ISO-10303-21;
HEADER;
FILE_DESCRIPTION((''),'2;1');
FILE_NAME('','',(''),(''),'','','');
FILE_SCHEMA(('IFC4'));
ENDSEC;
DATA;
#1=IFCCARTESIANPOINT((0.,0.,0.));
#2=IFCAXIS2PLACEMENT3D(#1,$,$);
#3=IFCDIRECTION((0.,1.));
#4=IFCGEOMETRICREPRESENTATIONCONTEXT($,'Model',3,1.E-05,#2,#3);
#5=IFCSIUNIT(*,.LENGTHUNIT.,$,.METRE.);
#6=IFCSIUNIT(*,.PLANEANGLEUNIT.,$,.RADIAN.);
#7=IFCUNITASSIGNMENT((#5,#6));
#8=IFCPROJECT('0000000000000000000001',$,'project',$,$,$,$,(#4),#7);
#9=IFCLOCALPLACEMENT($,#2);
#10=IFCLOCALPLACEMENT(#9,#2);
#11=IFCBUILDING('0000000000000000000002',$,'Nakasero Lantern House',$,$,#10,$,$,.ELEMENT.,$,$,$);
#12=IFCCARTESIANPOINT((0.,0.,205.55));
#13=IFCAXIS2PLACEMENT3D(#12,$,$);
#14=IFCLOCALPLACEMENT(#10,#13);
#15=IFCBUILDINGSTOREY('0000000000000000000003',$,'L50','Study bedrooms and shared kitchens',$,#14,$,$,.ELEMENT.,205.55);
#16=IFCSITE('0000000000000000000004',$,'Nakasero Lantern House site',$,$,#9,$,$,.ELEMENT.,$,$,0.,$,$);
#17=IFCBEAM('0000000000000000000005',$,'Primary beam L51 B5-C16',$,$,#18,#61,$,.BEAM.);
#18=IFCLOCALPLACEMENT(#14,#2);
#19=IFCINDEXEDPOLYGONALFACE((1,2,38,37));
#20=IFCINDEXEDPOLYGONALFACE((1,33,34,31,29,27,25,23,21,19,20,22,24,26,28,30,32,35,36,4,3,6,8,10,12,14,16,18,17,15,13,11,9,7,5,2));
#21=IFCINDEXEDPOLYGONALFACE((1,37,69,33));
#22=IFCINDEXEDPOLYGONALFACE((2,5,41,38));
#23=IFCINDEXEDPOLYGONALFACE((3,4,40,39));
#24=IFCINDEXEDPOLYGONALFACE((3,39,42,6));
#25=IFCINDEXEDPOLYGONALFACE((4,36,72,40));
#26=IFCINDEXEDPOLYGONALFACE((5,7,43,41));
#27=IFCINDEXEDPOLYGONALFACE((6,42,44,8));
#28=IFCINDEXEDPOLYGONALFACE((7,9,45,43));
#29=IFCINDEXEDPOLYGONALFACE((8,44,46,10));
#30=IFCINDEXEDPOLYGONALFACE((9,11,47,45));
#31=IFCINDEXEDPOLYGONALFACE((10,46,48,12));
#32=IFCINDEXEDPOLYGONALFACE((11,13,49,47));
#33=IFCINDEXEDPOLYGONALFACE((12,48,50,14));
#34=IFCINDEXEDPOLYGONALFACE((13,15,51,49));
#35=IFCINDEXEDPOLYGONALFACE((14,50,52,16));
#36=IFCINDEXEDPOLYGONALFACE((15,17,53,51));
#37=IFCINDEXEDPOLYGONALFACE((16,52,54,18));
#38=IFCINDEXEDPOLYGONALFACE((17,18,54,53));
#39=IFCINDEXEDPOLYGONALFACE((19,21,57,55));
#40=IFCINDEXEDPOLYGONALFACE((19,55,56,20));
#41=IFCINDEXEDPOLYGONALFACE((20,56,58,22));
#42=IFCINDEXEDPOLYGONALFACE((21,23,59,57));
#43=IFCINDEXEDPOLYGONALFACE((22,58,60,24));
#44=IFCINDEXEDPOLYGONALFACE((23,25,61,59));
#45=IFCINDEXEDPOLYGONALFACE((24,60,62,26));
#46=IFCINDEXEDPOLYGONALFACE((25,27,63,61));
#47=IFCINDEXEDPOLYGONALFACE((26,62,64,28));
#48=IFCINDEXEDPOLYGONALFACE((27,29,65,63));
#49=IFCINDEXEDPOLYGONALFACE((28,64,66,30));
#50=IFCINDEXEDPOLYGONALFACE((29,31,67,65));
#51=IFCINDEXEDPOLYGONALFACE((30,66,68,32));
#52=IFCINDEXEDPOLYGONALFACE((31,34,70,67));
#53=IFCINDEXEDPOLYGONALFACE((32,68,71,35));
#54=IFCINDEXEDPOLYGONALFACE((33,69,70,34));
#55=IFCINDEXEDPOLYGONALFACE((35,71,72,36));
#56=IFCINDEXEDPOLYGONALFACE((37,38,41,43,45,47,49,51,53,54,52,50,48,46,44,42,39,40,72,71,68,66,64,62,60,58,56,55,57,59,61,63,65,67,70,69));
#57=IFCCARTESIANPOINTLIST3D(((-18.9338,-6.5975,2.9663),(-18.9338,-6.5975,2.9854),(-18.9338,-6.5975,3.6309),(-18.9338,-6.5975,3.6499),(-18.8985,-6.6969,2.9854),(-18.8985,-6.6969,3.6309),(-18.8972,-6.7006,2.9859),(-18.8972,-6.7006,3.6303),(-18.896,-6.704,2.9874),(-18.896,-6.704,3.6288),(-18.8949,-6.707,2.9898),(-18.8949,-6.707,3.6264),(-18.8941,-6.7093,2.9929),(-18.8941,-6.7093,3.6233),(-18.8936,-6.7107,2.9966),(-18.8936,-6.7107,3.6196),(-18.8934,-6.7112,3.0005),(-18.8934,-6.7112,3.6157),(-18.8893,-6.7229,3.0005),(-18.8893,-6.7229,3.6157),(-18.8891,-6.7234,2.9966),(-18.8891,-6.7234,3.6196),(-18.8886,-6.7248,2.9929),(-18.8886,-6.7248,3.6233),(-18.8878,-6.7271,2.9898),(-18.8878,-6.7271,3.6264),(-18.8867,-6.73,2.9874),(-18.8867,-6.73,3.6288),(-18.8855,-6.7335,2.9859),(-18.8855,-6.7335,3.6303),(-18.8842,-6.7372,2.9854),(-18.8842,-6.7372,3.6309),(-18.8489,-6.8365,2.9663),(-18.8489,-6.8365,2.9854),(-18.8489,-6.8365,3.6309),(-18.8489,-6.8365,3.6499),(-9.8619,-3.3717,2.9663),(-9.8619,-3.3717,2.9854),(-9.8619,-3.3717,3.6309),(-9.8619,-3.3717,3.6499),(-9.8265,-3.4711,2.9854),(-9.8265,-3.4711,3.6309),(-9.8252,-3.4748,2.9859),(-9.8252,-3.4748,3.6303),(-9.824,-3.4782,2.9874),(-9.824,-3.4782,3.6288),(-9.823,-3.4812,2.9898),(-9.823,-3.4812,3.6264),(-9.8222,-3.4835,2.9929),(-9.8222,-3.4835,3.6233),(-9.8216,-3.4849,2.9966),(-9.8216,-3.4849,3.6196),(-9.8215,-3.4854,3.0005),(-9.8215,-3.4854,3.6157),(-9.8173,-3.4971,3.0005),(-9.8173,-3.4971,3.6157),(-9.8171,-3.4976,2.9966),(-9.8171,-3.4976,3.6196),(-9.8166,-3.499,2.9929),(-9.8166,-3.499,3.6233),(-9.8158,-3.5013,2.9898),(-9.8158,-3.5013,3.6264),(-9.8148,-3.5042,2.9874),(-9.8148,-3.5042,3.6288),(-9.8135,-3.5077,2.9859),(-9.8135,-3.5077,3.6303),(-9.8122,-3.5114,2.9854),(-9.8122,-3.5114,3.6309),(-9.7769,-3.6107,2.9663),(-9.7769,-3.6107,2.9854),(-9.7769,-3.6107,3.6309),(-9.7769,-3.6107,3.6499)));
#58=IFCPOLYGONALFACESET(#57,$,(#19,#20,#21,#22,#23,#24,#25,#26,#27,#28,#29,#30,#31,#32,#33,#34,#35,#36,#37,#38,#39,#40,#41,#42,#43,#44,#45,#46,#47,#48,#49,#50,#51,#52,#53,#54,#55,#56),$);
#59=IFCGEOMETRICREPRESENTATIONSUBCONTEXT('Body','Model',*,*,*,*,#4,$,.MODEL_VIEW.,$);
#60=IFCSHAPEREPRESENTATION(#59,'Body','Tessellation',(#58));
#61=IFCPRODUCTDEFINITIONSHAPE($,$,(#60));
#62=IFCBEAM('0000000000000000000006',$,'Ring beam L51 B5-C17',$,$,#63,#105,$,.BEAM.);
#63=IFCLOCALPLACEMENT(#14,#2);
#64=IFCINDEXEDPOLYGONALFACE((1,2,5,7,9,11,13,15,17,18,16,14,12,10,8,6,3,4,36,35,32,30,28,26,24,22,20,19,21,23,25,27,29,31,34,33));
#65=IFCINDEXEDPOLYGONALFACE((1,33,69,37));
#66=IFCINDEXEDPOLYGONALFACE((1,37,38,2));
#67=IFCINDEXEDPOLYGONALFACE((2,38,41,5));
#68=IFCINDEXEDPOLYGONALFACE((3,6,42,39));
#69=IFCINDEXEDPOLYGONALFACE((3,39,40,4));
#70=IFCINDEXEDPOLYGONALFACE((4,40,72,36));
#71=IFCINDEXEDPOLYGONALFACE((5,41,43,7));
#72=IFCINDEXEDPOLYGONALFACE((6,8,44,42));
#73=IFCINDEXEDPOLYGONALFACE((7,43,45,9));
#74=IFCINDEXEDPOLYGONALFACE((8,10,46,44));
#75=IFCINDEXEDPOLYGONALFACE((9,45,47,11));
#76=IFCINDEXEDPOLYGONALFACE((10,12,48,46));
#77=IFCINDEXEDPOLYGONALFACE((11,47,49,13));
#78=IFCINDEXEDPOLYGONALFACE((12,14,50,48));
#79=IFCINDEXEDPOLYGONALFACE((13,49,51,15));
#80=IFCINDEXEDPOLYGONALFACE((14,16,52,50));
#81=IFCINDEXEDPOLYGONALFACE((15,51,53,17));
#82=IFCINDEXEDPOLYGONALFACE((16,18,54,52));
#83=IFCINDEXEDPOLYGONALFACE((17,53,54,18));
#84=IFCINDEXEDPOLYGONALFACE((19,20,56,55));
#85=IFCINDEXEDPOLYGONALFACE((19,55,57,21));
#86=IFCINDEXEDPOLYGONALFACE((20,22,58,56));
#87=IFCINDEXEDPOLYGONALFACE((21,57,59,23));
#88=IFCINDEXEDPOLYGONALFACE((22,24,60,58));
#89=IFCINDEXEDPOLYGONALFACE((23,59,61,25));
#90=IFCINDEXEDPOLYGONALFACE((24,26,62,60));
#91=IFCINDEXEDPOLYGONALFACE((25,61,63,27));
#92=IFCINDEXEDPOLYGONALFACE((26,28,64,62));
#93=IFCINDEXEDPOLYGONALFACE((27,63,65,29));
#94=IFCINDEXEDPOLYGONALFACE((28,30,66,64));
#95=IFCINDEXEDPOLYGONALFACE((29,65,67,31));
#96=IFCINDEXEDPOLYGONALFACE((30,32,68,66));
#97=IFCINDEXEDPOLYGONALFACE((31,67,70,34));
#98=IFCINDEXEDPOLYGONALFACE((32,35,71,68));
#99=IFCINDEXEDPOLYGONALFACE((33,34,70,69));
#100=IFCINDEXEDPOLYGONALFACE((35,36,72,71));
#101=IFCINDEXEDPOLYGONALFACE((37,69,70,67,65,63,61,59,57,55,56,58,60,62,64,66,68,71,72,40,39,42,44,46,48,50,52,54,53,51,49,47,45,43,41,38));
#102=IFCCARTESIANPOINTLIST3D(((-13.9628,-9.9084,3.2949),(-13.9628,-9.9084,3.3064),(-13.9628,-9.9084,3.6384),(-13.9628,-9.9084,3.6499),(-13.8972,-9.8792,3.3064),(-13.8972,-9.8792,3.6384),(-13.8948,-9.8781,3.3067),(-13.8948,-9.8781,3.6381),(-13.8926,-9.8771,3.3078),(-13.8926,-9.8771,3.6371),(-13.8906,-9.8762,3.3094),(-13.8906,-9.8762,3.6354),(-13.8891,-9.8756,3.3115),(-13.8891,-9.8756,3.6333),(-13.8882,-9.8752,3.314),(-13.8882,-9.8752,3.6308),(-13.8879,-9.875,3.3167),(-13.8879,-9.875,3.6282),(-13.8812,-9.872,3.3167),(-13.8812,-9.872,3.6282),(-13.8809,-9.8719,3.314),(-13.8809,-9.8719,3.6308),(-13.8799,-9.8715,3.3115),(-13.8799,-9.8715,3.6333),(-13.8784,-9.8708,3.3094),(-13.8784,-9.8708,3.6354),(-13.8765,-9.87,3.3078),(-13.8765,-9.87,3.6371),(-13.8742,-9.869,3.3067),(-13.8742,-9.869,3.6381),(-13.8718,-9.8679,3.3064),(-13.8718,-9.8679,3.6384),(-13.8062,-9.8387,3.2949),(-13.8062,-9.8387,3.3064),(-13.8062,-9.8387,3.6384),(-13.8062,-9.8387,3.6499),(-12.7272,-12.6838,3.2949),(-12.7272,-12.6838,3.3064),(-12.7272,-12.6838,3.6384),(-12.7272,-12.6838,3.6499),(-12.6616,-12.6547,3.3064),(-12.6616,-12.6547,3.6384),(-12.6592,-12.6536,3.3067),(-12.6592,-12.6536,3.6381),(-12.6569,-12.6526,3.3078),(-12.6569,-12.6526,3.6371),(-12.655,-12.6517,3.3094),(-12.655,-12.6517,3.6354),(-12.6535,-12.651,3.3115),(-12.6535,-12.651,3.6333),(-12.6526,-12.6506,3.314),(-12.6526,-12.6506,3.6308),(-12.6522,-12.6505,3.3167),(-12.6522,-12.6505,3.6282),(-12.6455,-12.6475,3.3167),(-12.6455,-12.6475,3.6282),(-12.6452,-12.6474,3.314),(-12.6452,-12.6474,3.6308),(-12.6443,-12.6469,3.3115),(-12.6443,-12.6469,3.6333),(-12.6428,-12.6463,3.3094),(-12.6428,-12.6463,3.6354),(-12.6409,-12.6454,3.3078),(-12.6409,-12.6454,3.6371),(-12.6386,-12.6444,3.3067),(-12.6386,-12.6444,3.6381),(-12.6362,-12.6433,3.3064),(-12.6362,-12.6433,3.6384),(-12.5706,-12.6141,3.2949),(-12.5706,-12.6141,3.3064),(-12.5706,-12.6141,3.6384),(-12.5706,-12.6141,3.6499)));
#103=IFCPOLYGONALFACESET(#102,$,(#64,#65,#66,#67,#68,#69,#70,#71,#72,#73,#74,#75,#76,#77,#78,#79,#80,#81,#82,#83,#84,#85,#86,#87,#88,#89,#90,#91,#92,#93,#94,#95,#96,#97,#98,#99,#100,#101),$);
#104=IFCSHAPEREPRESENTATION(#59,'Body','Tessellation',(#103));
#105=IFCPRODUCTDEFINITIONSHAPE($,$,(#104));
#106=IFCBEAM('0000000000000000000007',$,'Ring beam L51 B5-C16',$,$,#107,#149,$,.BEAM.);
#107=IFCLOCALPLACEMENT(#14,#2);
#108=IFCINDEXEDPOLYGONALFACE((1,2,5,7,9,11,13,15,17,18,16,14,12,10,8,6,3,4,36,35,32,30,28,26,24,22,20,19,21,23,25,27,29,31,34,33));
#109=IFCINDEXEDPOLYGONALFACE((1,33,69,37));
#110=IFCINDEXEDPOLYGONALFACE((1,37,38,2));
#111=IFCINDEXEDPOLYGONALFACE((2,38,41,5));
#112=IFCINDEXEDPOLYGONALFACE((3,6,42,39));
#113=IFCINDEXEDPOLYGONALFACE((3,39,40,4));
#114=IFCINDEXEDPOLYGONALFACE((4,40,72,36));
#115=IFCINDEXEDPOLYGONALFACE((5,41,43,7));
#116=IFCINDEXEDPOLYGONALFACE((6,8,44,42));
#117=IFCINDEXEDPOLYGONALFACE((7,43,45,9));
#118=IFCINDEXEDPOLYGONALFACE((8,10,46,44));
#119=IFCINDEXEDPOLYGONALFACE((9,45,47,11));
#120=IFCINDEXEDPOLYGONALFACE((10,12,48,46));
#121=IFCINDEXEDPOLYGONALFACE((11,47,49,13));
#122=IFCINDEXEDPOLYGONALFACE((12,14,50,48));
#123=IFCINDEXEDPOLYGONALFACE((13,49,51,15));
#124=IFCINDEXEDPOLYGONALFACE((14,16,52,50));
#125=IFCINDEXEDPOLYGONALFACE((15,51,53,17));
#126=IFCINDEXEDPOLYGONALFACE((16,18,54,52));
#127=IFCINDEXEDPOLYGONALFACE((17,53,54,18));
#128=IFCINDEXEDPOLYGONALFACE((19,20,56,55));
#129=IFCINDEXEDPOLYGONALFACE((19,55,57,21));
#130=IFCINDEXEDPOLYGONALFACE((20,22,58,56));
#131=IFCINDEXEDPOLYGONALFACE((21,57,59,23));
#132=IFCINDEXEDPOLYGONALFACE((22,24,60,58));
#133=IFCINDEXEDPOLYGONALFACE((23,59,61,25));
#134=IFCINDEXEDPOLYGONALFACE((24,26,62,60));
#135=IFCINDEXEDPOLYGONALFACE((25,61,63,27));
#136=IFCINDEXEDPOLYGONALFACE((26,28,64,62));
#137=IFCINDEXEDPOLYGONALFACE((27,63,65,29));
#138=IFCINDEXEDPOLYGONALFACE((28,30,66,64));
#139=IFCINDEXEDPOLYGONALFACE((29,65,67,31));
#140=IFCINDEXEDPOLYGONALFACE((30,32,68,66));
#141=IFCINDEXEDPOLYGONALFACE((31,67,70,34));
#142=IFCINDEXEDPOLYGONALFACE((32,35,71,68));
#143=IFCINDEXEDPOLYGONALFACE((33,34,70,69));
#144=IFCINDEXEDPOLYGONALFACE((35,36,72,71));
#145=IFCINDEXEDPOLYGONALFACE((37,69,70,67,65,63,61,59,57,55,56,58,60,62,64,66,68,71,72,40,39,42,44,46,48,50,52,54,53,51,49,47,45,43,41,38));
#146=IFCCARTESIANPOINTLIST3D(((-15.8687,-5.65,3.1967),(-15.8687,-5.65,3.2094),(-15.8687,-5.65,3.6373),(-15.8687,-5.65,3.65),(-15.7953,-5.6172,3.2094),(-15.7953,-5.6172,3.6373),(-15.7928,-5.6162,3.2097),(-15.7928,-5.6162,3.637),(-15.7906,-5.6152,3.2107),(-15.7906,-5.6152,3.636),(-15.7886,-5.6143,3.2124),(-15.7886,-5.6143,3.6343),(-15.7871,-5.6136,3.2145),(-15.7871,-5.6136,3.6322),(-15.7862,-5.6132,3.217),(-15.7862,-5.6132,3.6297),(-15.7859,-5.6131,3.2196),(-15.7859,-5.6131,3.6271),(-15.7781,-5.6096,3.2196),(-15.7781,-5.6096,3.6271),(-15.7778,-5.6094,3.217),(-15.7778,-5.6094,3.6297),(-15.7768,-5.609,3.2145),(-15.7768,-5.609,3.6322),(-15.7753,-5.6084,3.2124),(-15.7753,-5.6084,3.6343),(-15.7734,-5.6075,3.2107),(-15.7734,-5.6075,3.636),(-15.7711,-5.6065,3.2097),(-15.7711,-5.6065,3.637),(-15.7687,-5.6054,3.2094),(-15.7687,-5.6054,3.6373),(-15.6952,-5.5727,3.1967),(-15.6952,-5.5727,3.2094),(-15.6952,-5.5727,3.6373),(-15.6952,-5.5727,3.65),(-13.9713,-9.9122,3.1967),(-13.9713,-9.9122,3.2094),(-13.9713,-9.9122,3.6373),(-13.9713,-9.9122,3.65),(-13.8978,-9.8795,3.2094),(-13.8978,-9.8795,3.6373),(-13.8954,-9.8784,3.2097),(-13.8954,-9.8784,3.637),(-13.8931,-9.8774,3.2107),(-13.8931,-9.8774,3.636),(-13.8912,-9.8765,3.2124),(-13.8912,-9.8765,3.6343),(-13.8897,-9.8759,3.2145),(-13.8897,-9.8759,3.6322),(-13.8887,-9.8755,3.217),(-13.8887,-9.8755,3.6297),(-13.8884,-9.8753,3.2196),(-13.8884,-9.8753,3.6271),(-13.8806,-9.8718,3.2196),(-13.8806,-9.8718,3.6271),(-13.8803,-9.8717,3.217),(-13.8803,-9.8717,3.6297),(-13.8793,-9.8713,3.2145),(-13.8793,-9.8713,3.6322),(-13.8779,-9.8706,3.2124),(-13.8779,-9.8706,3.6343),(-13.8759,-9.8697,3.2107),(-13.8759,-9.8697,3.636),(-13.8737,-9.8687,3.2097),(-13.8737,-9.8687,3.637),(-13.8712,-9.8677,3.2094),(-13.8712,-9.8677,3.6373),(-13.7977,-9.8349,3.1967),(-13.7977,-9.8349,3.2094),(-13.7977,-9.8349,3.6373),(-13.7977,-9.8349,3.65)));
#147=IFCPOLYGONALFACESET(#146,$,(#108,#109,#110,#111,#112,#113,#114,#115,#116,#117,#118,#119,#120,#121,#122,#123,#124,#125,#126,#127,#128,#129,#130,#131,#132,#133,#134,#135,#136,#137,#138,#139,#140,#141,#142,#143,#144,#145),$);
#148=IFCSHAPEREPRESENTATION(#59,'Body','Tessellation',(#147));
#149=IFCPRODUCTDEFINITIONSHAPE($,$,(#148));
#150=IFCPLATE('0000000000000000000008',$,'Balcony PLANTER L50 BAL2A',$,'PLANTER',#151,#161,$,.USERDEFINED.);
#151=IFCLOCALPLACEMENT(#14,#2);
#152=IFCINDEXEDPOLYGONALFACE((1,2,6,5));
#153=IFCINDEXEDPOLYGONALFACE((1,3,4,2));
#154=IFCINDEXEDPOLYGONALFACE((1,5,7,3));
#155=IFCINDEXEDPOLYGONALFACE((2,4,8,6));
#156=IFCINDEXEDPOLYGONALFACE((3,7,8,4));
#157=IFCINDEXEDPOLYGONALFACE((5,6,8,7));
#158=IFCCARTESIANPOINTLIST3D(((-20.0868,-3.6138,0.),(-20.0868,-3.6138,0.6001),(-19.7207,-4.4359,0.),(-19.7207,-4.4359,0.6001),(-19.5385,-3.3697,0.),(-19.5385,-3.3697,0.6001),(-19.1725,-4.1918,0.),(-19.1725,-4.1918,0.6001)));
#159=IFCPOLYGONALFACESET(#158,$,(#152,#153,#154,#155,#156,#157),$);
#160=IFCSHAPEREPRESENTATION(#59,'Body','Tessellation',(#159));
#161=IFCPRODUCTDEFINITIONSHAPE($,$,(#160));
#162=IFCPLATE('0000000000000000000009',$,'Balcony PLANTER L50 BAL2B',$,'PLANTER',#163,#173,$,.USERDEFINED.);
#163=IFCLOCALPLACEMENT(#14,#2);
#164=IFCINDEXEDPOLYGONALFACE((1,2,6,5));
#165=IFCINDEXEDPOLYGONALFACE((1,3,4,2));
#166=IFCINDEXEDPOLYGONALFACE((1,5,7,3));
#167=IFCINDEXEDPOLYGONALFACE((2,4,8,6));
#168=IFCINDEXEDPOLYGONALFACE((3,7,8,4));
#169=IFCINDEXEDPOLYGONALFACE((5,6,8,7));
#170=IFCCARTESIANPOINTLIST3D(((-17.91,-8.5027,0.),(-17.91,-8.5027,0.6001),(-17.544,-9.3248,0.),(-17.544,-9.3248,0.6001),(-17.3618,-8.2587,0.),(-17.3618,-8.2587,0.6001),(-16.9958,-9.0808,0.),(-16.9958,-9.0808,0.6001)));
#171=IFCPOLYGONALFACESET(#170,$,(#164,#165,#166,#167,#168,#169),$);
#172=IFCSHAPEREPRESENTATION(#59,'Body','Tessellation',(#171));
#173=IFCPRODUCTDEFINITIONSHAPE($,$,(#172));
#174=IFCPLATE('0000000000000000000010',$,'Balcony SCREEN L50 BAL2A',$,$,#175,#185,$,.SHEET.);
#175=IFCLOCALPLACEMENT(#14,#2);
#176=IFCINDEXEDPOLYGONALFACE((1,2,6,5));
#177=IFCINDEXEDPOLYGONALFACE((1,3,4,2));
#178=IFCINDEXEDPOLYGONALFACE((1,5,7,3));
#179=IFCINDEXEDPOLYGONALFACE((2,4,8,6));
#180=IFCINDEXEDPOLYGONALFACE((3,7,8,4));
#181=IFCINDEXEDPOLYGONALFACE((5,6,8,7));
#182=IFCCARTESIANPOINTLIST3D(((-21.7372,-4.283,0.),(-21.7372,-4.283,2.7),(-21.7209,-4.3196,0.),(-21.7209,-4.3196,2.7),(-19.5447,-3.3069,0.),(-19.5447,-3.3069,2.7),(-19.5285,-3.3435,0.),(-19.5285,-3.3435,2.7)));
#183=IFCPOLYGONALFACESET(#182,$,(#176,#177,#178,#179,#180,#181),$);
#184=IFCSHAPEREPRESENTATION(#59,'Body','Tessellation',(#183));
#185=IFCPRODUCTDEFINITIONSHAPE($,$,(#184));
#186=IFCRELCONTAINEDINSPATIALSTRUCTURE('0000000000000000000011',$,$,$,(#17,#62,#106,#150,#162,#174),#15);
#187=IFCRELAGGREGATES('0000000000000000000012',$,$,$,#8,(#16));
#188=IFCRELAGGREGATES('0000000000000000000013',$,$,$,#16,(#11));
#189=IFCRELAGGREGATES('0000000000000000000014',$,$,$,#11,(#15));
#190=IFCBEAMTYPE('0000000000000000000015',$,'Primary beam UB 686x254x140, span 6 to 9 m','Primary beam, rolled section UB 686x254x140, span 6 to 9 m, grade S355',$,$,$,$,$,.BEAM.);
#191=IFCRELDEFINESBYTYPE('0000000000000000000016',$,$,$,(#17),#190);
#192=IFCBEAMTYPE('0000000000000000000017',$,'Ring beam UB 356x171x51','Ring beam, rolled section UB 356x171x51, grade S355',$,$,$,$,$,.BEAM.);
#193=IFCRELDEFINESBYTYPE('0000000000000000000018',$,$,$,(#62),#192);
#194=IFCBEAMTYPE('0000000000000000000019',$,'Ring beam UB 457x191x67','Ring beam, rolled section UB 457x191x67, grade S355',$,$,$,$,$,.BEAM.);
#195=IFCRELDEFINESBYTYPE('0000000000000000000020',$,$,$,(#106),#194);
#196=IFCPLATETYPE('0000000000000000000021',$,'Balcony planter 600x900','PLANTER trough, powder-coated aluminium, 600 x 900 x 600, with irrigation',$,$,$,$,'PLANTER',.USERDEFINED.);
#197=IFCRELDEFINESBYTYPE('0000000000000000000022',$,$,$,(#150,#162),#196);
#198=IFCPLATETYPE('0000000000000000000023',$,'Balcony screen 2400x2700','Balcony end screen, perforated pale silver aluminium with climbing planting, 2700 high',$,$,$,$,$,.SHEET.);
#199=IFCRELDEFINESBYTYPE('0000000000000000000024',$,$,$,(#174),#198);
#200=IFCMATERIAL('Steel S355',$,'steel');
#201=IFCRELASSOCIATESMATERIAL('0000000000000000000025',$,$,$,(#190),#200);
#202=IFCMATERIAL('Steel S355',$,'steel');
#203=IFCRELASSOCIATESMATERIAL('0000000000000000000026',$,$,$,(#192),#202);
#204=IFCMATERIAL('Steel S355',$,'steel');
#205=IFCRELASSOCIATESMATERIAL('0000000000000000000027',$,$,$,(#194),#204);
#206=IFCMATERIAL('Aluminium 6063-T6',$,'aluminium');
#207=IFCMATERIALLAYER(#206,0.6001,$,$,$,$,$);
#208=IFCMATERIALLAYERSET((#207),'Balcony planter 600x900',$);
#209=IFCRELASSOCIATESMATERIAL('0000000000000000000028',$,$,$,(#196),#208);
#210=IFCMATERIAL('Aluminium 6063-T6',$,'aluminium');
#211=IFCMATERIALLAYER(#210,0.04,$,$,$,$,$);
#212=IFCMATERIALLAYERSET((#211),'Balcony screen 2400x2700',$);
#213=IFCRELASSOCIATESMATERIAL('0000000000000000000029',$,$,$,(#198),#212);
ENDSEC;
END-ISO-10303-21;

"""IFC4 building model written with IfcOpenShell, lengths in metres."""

from ifc_helpers import new_model, si_unit, direction, frame, origin, origin_2d, place, context, subcontext, project, spatial, rectangle, i_section, extrude, material, layer, layer_set, material_profile, profile_set, type_object, element, save


model = new_model("IFC4")

# Units and contexts
model_context = context("Model", 3, precision=1e-05, world=origin(), true_north=direction((0.0, 1.0)))
body_context = subcontext(model_context, "Body", "Model", "MODEL_VIEW")
ifc_project = project(units=[si_unit("LENGTHUNIT", "METRE"), si_unit("PLANEANGLEUNIT", "RADIAN")], contexts=[model_context])

# Site, building, storey
site_placement = place(None, origin())
site = spatial("IfcSite", under=ifc_project, at=site_placement, Name="Nakasero Lantern House site", CompositionType="ELEMENT", RefElevation=0.0)
building_placement = place(site_placement, origin())
building = spatial("IfcBuilding", under=site, at=building_placement, Name="Nakasero Lantern House", CompositionType="ELEMENT")
storey_placement = place(building_placement, frame((0.0, 0.0, 205.55)))
storey = spatial("IfcBuildingStorey", under=building, at=storey_placement, Name="L50", Description="Study bedrooms and shared kitchens", CompositionType="ELEMENT", Elevation=205.55)

# Beams
ifc_material_1 = material(Name="Steel S355", Category="steel")
ifc_material_profile_1 = material_profile(ifc_material_1, i_section(OverallWidth=0.2537, OverallDepth=0.6836, WebThickness=0.0125, FlangeThickness=0.019, FilletRadius=0.0151, at=origin_2d()), Name="UB 686x254x140")
ifc_profile_set_1 = profile_set([ifc_material_profile_1], Name="Steel S355")
beam_type_1 = type_object("IfcBeamType", Name="Primary beam UB 686x254x140, span 6 to 9 m", Description="Primary beam, rolled section UB 686x254x140, span 6 to 9 m, grade S355", PredefinedType="BEAM", material=ifc_profile_set_1)
beam_1_placement = place(storey_placement, frame((-18.8914, -6.717, 3.3081), z_axis=(0.942207, 0.33503, 0.0), x_axis=(-0.33503, 0.942207, 0.0)))
element("IfcBeam", 1, at=beam_1_placement, inside=storey, type_object=beam_type_1, Name="Primary beam L51 B5-C16", PredefinedType="BEAM", context=body_context, shape_type="SweptSolid", body=[
    extrude(i_section(OverallWidth=0.2537, OverallDepth=0.6836, WebThickness=0.0125, FlangeThickness=0.019, FilletRadius=0.0151, at=origin_2d()), origin(), (0.0, 0.0, 1.0), 9.6284),
])
ifc_material_2 = material(Name="Steel S355", Category="steel")
ifc_material_profile_2 = material_profile(ifc_material_2, i_section(OverallWidth=0.1714, OverallDepth=0.355, WebThickness=0.0073, FlangeThickness=0.0115, FilletRadius=0.0103, at=origin_2d()), Name="UB 356x171x51")
ifc_profile_set_2 = profile_set([ifc_material_profile_2], Name="Steel S355")
beam_type_2 = type_object("IfcBeamType", Name="Ring beam UB 356x171x51", Description="Ring beam, rolled section UB 356x171x51, grade S355", PredefinedType="BEAM", material=ifc_profile_set_2)
beam_2_placement = place(storey_placement, frame((-13.8845, -9.8735, 3.4724), z_axis=(0.406713, -0.913556, 0.0), x_axis=(0.913556, 0.406713, 0.0)))
element("IfcBeam", 2, at=beam_2_placement, inside=storey, type_object=beam_type_2, Name="Ring beam L51 B5-C17", PredefinedType="BEAM", context=body_context, shape_type="SweptSolid", body=[
    extrude(i_section(OverallWidth=0.1714, OverallDepth=0.355, WebThickness=0.0073, FlangeThickness=0.0115, FilletRadius=0.0103, at=origin_2d()), origin(), (0.0, 0.0, 1.0), 3.0381),
])
ifc_material_3 = material(Name="Steel S355", Category="steel")
ifc_material_profile_3 = material_profile(ifc_material_3, i_section(OverallWidth=0.1899, OverallDepth=0.4534, WebThickness=0.0085, FlangeThickness=0.0127, FilletRadius=0.0103, at=origin_2d()), Name="UB 457x191x67")
ifc_profile_set_3 = profile_set([ifc_material_profile_3], Name="Steel S355")
beam_type_3 = type_object("IfcBeamType", Name="Ring beam UB 457x191x67", Description="Ring beam, rolled section UB 457x191x67, grade S355", PredefinedType="BEAM", material=ifc_profile_set_3)
beam_3_placement = place(storey_placement, frame((-15.782, -5.6113, 3.4233), z_axis=(0.406702, -0.913561, 0.0), x_axis=(0.913561, 0.406702, 0.0)))
element("IfcBeam", 3, at=beam_3_placement, inside=storey, type_object=beam_type_3, Name="Ring beam L51 B5-C16", PredefinedType="BEAM", context=body_context, shape_type="SweptSolid", body=[
    extrude(i_section(OverallWidth=0.1899, OverallDepth=0.4534, WebThickness=0.0085, FlangeThickness=0.0127, FilletRadius=0.0103, at=origin_2d()), origin(), (0.0, 0.0, 1.0), 4.6655),
])

# Plates
ifc_material_4 = material(Name="Aluminium 6063-T6", Category="aluminium")
ifc_layer_1 = layer(ifc_material_4, 0.6001)
ifc_layer_set_1 = layer_set([ifc_layer_1], Name="Balcony planter 600x900")
plate_type_1 = type_object("IfcPlateType", Name="Balcony planter 600x900", Description="PLANTER trough, powder-coated aluminium, 600 x 900 x 600, with irrigation", ElementType="PLANTER", PredefinedType="USERDEFINED", material=ifc_layer_set_1)
for number, where, z_axis, x_axis, name in (
    (4, (-19.6296, -3.9028, 0.0), (0.0, 0.0, 1.0), (-0.913545, -0.406737, 0.0), "Balcony PLANTER L50 BAL2A"),
    (5, (-17.4529, -8.7917, 0.0), (0.0, 0.0, 1.0), (-0.913545, -0.406737, 0.0), "Balcony PLANTER L50 BAL2B"),
):
    element("IfcPlate", number, at=place(storey_placement, frame(where, z_axis=z_axis, x_axis=x_axis)), inside=storey, type_object=plate_type_1, Name=name, ObjectType="PLANTER", PredefinedType="USERDEFINED", context=body_context, shape_type="SweptSolid", body=[
        extrude(rectangle(XDim=0.6001, YDim=0.8999, at=origin_2d()), origin(), (0.0, 0.0, 1.0), 0.6001),
    ])
ifc_material_5 = material(Name="Aluminium 6063-T6", Category="aluminium")
ifc_layer_2 = layer(ifc_material_5, 0.04)
ifc_layer_set_2 = layer_set([ifc_layer_2], Name="Balcony screen 2400x2700")
plate_type_2 = type_object("IfcPlateType", Name="Balcony screen 2400x2700", Description="Balcony end screen, perforated pale silver aluminium with climbing planting, 2700 high", PredefinedType="SHEET", material=ifc_layer_set_2)
for number, where, z_axis, x_axis, name in (
    (6, (-20.6328, -3.8132, 0.0), (0.0, 0.0, 1.0), (-0.913545, -0.406737, 0.0), "Balcony SCREEN L50 BAL2A"),
):
    element("IfcPlate", number, at=place(storey_placement, frame(where, z_axis=z_axis, x_axis=x_axis)), inside=storey, type_object=plate_type_2, Name=name, PredefinedType="SHEET", context=body_context, shape_type="SweptSolid", body=[
        extrude(rectangle(XDim=2.3999, YDim=0.04, at=origin_2d()), origin(), (0.0, 0.0, 1.0), 2.7),
    ])

save(model, "model.ifc")
